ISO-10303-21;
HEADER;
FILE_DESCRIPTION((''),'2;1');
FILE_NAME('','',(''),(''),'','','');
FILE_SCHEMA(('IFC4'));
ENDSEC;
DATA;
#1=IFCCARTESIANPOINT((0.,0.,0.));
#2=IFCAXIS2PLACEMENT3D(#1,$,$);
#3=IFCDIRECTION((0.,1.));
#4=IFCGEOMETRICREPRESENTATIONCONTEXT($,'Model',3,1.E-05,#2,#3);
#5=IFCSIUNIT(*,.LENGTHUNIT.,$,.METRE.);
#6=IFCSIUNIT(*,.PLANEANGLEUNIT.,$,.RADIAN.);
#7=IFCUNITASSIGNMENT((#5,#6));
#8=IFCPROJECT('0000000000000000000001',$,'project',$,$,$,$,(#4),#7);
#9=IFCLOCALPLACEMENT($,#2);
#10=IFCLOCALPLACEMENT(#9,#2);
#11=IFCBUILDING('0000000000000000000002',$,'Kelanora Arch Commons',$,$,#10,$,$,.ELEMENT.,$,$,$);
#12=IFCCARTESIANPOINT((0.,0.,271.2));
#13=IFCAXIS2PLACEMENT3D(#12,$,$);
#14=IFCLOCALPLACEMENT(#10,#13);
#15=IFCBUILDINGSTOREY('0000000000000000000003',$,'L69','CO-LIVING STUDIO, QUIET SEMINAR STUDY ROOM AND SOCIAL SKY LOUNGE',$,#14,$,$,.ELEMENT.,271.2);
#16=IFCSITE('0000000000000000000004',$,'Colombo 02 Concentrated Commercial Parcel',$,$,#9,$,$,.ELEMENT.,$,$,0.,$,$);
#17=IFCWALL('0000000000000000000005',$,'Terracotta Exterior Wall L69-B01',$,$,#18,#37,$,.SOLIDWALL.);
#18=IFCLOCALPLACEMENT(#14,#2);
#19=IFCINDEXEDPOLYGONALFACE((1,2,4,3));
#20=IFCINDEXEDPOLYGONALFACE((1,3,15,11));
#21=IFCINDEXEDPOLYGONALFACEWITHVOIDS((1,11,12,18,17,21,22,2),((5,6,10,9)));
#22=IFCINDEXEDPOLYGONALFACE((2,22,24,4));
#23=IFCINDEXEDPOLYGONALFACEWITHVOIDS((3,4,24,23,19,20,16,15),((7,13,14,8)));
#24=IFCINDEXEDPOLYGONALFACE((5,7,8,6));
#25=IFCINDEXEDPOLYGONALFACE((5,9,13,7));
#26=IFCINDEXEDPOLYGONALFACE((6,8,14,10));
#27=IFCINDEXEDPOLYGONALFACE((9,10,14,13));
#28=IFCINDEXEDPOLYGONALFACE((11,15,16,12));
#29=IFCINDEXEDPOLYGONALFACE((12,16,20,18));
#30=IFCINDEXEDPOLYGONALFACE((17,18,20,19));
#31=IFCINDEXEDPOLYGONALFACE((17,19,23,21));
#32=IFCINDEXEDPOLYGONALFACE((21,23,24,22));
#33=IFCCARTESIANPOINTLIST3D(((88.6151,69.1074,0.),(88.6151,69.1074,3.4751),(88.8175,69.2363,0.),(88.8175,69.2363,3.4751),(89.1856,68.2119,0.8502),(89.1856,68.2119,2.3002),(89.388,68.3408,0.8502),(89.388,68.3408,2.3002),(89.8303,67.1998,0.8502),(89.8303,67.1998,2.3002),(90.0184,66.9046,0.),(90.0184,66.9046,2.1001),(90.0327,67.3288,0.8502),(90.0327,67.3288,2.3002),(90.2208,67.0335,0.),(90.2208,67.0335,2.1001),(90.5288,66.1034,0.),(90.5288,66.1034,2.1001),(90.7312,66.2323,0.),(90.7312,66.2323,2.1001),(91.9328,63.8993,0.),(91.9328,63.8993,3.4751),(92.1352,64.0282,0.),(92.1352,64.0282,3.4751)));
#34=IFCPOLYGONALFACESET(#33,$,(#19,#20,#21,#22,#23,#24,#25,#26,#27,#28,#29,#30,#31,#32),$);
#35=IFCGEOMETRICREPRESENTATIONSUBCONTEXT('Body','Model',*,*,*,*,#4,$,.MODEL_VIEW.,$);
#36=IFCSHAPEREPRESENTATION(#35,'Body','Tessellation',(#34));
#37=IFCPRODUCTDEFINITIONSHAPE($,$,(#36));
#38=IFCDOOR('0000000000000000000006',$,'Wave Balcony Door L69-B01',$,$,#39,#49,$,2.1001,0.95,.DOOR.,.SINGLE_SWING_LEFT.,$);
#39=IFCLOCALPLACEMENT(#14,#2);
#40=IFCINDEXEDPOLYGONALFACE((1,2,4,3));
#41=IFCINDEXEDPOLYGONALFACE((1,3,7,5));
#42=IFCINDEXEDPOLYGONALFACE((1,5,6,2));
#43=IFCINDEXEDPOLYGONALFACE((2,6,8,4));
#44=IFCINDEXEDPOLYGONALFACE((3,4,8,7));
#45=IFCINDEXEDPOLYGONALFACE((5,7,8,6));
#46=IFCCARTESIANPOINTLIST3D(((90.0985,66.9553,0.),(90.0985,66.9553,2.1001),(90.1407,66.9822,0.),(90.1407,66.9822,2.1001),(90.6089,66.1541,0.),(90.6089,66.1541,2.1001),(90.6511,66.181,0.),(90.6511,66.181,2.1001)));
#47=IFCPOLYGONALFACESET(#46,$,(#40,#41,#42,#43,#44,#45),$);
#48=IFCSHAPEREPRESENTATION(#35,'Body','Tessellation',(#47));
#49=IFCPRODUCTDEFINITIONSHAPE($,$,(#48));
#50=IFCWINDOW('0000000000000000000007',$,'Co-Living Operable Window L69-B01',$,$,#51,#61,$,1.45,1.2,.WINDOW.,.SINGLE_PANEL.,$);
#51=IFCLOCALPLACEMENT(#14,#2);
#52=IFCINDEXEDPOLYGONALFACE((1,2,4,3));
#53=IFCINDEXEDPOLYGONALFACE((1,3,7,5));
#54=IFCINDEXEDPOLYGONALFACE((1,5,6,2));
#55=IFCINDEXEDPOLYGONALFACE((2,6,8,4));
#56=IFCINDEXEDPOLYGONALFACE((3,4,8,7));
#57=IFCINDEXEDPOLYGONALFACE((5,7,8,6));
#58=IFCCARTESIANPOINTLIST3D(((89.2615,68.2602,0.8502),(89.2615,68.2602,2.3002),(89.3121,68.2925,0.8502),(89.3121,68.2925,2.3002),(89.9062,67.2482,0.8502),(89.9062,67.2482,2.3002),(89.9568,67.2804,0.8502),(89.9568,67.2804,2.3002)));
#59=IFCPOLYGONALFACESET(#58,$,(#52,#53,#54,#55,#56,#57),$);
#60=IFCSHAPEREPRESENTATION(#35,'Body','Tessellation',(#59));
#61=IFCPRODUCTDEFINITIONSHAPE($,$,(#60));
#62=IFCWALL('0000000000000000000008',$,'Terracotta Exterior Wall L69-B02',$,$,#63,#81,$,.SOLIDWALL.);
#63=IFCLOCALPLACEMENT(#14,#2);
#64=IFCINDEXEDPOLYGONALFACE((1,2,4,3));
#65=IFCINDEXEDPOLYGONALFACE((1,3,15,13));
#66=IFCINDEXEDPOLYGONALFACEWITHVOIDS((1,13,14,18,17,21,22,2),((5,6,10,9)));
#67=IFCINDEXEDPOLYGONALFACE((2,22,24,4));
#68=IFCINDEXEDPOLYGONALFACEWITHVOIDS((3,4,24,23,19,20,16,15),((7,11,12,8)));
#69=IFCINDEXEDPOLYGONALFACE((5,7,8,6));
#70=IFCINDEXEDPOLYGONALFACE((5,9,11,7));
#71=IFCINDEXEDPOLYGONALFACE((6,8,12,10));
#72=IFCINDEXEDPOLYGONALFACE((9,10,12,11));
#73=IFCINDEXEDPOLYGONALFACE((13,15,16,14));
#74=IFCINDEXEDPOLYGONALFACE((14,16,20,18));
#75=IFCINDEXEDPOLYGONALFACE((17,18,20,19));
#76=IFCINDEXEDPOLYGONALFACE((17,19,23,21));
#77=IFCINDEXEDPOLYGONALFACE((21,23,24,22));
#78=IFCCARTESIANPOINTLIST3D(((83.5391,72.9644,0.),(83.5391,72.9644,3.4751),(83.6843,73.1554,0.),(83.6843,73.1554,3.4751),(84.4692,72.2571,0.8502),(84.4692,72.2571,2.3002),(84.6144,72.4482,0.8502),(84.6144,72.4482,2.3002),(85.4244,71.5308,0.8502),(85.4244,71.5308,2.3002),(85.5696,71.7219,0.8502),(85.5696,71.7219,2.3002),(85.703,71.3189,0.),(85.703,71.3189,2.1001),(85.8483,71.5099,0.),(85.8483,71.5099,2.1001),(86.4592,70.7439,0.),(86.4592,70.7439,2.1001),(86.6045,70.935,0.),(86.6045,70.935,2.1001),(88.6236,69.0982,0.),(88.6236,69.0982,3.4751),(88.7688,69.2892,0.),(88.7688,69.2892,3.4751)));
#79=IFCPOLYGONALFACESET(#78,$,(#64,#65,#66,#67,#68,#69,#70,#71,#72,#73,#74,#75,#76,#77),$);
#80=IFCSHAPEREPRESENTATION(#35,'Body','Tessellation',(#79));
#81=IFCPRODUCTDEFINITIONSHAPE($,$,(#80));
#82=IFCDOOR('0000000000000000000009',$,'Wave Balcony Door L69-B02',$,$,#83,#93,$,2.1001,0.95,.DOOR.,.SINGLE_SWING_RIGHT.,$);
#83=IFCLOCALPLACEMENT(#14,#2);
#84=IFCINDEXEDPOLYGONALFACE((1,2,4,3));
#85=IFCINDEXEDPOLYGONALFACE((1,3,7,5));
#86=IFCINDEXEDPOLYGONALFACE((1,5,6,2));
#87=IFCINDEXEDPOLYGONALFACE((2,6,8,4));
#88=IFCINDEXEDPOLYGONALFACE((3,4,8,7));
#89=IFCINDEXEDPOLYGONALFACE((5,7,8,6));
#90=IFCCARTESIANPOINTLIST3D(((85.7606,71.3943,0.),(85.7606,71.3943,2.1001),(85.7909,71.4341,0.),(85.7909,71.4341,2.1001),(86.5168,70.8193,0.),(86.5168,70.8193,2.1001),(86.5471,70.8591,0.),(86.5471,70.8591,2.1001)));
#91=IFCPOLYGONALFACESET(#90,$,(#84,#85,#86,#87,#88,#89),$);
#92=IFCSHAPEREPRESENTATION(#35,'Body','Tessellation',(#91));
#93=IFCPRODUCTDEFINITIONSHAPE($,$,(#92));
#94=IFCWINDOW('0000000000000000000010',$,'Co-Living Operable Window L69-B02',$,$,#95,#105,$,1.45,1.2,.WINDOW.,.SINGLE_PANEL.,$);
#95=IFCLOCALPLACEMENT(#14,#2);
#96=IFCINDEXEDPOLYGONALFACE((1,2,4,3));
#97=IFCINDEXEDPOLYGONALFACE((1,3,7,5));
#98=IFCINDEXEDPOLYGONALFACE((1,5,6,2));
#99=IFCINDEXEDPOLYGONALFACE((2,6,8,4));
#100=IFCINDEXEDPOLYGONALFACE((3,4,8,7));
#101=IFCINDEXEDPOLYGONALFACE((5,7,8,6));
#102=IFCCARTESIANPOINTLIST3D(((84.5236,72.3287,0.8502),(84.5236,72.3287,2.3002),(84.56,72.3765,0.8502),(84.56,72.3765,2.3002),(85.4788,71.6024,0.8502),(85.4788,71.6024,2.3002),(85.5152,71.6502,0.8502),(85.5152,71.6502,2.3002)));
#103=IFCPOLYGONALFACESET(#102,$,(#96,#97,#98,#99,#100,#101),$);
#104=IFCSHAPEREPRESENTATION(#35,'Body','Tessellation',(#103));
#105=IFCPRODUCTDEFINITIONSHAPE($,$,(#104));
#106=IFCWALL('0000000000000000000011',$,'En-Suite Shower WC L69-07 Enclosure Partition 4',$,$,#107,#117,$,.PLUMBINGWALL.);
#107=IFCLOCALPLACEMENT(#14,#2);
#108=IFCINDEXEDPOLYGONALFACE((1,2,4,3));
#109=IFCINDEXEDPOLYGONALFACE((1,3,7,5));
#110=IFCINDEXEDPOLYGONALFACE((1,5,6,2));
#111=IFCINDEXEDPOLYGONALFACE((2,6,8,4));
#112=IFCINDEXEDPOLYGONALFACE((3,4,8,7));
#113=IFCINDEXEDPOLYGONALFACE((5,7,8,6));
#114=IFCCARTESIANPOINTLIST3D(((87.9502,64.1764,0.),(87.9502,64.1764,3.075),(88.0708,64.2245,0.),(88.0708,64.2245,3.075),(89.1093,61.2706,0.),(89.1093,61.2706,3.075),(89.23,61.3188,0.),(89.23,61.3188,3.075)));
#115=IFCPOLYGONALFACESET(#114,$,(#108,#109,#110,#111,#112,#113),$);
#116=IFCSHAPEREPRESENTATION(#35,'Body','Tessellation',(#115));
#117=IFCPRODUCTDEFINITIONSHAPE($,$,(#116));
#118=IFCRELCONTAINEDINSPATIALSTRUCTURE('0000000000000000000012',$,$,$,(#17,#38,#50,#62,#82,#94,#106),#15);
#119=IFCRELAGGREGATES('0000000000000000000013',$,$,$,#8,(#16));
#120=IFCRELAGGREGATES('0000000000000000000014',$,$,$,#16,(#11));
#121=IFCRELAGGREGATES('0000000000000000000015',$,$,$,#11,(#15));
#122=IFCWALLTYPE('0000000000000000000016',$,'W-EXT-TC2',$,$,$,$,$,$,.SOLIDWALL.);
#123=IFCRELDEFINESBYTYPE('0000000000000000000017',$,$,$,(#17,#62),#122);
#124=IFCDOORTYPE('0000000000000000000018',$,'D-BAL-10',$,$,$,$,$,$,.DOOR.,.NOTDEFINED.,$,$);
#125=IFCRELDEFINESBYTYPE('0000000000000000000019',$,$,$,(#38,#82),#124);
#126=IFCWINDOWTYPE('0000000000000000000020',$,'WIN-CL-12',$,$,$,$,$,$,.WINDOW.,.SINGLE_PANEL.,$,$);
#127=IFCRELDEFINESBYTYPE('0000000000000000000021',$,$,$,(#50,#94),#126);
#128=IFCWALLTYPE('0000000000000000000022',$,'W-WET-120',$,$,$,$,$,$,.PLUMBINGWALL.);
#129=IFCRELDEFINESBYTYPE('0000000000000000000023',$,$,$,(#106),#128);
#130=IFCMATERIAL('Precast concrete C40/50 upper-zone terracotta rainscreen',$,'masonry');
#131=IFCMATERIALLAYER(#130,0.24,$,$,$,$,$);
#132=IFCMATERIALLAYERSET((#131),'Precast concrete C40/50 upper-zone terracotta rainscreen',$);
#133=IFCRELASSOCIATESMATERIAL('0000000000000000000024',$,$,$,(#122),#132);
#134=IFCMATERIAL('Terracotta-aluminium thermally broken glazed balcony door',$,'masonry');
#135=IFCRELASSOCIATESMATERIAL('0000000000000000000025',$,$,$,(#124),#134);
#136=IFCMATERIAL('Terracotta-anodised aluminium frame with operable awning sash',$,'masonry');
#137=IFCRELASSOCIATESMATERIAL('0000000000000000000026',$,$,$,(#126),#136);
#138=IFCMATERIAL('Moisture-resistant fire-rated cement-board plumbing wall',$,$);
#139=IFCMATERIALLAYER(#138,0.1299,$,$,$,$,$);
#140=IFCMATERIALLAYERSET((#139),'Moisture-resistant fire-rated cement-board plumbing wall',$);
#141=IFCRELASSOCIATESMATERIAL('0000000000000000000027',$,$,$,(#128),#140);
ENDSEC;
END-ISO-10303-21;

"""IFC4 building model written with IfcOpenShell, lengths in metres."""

from ifc_helpers import new_model, si_unit, direction, frame, frame_2d, origin, place, context, subcontext, project, spatial, rectangle, extrude, material, layer, layer_set, type_object, element, fill, save


model = new_model("IFC4")

# Units and contexts
model_context = context("Model", 3, precision=1e-05, world=origin(), true_north=direction((0.0, 1.0)))
body_context = subcontext(model_context, "Body", "Model", "MODEL_VIEW")
ifc_project = project(units=[si_unit("LENGTHUNIT", "METRE"), si_unit("PLANEANGLEUNIT", "RADIAN")], contexts=[model_context])

# Site, building, storey
site_placement = place(None, origin())
site = spatial("IfcSite", under=ifc_project, at=site_placement, Name="Colombo 02 Concentrated Commercial Parcel", CompositionType="ELEMENT", RefElevation=0.0)
building_placement = place(site_placement, origin())
building = spatial("IfcBuilding", under=site, at=building_placement, Name="Kelanora Arch Commons", CompositionType="ELEMENT")
storey_placement = place(building_placement, frame((0.0, 0.0, 271.2)))
storey = spatial("IfcBuildingStorey", under=building, at=storey_placement, Name="L69", Description="CO-LIVING STUDIO, QUIET SEMINAR STUDY ROOM AND SOCIAL SKY LOUNGE", CompositionType="ELEMENT", Elevation=271.2)

# Walls, openings, doors, windows
ifc_material_1 = material(Name="Precast concrete C40/50 upper-zone terracotta rainscreen", Category="masonry")
ifc_layer_1 = layer(ifc_material_1, 0.24)
ifc_layer_set_1 = layer_set([ifc_layer_1], Name="Precast concrete C40/50 upper-zone terracotta rainscreen")
wall_type_1 = type_object("IfcWallType", Name="W-EXT-TC2", PredefinedType="SOLIDWALL", material=ifc_layer_set_1)
wall_1_placement = place(storey_placement, frame((92.0339, 63.9639, 0.0), z_axis=(0.0, 0.0, 1.0), x_axis=(-0.537272, 0.843409, 0.0)))
wall_1 = element("IfcWall", 1, at=wall_1_placement, inside=storey, type_object=wall_type_1, Name="Terracotta Exterior Wall L69-B01", PredefinedType="SOLIDWALL", context=body_context, shape_type="SweptSolid", body=[
    extrude(rectangle(XDim=6.175, YDim=0.24, at=frame_2d((3.0874, 0.0))), origin(), (0.0, 0.0, 1.0), 3.4751),
])
opening_1_placement = place(wall_1_placement, frame((2.613, 0.0, 0.0)))
opening_1 = element("IfcOpeningElement", 2, at=opening_1_placement, cuts=wall_1, PredefinedType="OPENING", context=body_context, shape_type="SweptSolid", body=[
    extrude(rectangle(XDim=0.95, YDim=2.1001, at=frame_2d((0.4751, 1.05))), frame((0.0, 0.1299, 0.0), z_axis=(0.0, -1.0, 0.0), x_axis=(1.0, 0.0, 0.0)), (0.0, 0.0, 1.0), 0.26),
])
opening_2_placement = place(wall_1_placement, frame((3.9131, 0.0, 0.8501)))
opening_2 = element("IfcOpeningElement", 3, at=opening_2_placement, cuts=wall_1, PredefinedType="OPENING", context=body_context, shape_type="SweptSolid", body=[
    extrude(rectangle(XDim=1.2, YDim=1.45, at=frame_2d((0.6001, 0.7251))), frame((0.0, 0.1299, 0.0), z_axis=(0.0, -1.0, 0.0), x_axis=(1.0, 0.0, 0.0)), (0.0, 0.0, 1.0), 0.26),
])
ifc_material_2 = material(Name="Terracotta-aluminium thermally broken glazed balcony door", Category="masonry")
door_type = type_object("IfcDoorType", Name="D-BAL-10", OperationType="NOTDEFINED", PredefinedType="DOOR", material=ifc_material_2)
door_1_placement = place(opening_1_placement, frame((0.95, 0.0, 0.0), z_axis=(0.0, 0.0, 1.0), x_axis=(-1.0, 0.0, 0.0)))
door_1 = element("IfcDoor", 4, at=door_1_placement, inside=storey, type_object=door_type, Name="Wave Balcony Door L69-B01", OperationType="SINGLE_SWING_LEFT", OverallHeight=2.1001, OverallWidth=0.95, PredefinedType="DOOR", context=body_context, shape_type="SweptSolid", body=[
    extrude(rectangle(XDim=0.95, YDim=2.1001, at=frame_2d((0.4751, 1.05))), frame((0.0, 0.0249, 0.0), z_axis=(0.0, -1.0, 0.0), x_axis=(1.0, 0.0, 0.0)), (0.0, 0.0, 1.0), 0.05),
])
fill(opening_1, door_1)
ifc_material_3 = material(Name="Terracotta-anodised aluminium frame with operable awning sash", Category="masonry")
window_type = type_object("IfcWindowType", Name="WIN-CL-12", PartitioningType="SINGLE_PANEL", PredefinedType="WINDOW", material=ifc_material_3)
window_1_placement = place(opening_2_placement, origin())
window_1 = element("IfcWindow", 5, at=window_1_placement, inside=storey, type_object=window_type, Name="Co-Living Operable Window L69-B01", OverallHeight=1.45, OverallWidth=1.2, PartitioningType="SINGLE_PANEL", PredefinedType="WINDOW", context=body_context, shape_type="SweptSolid", body=[
    extrude(rectangle(XDim=1.2, YDim=1.45, at=frame_2d((0.6001, 0.7251))), frame((0.0, 0.03, 0.0), z_axis=(0.0, -1.0, 0.0), x_axis=(1.0, 0.0, 0.0)), (0.0, 0.0, 1.0), 0.0601),
])
fill(opening_2, window_1)
wall_2_placement = place(storey_placement, frame((88.6963, 69.1936, 0.0), z_axis=(0.0, 0.0, 1.0), x_axis=(-0.79601, 0.605283, 0.0)))
wall_2 = element("IfcWall", 6, at=wall_2_placement, inside=storey, type_object=wall_type_1, Name="Terracotta Exterior Wall L69-B02", PredefinedType="SOLIDWALL", context=body_context, shape_type="SweptSolid", body=[
    extrude(rectangle(XDim=6.3875, YDim=0.24, at=frame_2d((3.1938, 0.0))), origin(), (0.0, 0.0, 1.0), 3.4751),
])
opening_3_placement = place(wall_2_placement, frame((2.719, 0.0, 0.0)))
opening_3 = element("IfcOpeningElement", 7, at=opening_3_placement, cuts=wall_2, PredefinedType="OPENING", context=body_context, shape_type="SweptSolid", body=[
    extrude(rectangle(XDim=0.95, YDim=2.1001, at=frame_2d((0.4751, 1.05))), frame((0.0, 0.1299, 0.0), z_axis=(0.0, -1.0, 0.0), x_axis=(1.0, 0.0, 0.0)), (0.0, 0.0, 1.0), 0.26),
])
opening_4_placement = place(wall_2_placement, frame((4.019, 0.0, 0.8501)))
opening_4 = element("IfcOpeningElement", 8, at=opening_4_placement, cuts=wall_2, PredefinedType="OPENING", context=body_context, shape_type="SweptSolid", body=[
    extrude(rectangle(XDim=1.2, YDim=1.45, at=frame_2d((0.6001, 0.7251))), frame((0.0, 0.1299, 0.0), z_axis=(0.0, -1.0, 0.0), x_axis=(1.0, 0.0, 0.0)), (0.0, 0.0, 1.0), 0.26),
])
door_2_placement = place(opening_3_placement, frame((0.95, 0.0, 0.0), z_axis=(0.0, 0.0, 1.0), x_axis=(-1.0, 0.0, 0.0)))
door_2 = element("IfcDoor", 9, at=door_2_placement, inside=storey, type_object=door_type, Name="Wave Balcony Door L69-B02", OperationType="SINGLE_SWING_RIGHT", OverallHeight=2.1001, OverallWidth=0.95, PredefinedType="DOOR", context=body_context, shape_type="SweptSolid", body=[
    extrude(rectangle(XDim=0.95, YDim=2.1001, at=frame_2d((0.4751, 1.05))), frame((0.0, 0.0249, 0.0), z_axis=(0.0, -1.0, 0.0), x_axis=(1.0, 0.0, 0.0)), (0.0, 0.0, 1.0), 0.05),
])
fill(opening_3, door_2)
window_2_placement = place(opening_4_placement, origin())
window_2 = element("IfcWindow", 10, at=window_2_placement, inside=storey, type_object=window_type, Name="Co-Living Operable Window L69-B02", OverallHeight=1.45, OverallWidth=1.2, PartitioningType="SINGLE_PANEL", PredefinedType="WINDOW", context=body_context, shape_type="SweptSolid", body=[
    extrude(rectangle(XDim=1.2, YDim=1.45, at=frame_2d((0.6001, 0.7251))), frame((0.0, 0.03, 0.0), z_axis=(0.0, -1.0, 0.0), x_axis=(1.0, 0.0, 0.0)), (0.0, 0.0, 1.0), 0.0601),
])
fill(opening_4, window_2)

# Wall
ifc_material_4 = material(Name="Moisture-resistant fire-rated cement-board plumbing wall")
ifc_layer_2 = layer(ifc_material_4, 0.1299)
ifc_layer_set_2 = layer_set([ifc_layer_2], Name="Moisture-resistant fire-rated cement-board plumbing wall")
wall_type_2 = type_object("IfcWallType", Name="W-WET-120", PredefinedType="PLUMBINGWALL", material=ifc_layer_set_2)
wall_3_placement = place(storey_placement, frame((88.0105, 64.2004, 0.0), z_axis=(0.0, 0.0, 1.0), x_axis=(0.370529, -0.928821, 0.0)))
element("IfcWall", 11, at=wall_3_placement, inside=storey, type_object=wall_type_2, Name="En-Suite Shower WC L69-07 Enclosure Partition 4", PredefinedType="PLUMBINGWALL", context=body_context, shape_type="SweptSolid", body=[
    extrude(rectangle(XDim=3.1284, YDim=0.1299, at=frame_2d((1.5642, 0.0))), origin(), (0.0, 0.0, 1.0), 3.075),
])

save(model, "model.ifc")
